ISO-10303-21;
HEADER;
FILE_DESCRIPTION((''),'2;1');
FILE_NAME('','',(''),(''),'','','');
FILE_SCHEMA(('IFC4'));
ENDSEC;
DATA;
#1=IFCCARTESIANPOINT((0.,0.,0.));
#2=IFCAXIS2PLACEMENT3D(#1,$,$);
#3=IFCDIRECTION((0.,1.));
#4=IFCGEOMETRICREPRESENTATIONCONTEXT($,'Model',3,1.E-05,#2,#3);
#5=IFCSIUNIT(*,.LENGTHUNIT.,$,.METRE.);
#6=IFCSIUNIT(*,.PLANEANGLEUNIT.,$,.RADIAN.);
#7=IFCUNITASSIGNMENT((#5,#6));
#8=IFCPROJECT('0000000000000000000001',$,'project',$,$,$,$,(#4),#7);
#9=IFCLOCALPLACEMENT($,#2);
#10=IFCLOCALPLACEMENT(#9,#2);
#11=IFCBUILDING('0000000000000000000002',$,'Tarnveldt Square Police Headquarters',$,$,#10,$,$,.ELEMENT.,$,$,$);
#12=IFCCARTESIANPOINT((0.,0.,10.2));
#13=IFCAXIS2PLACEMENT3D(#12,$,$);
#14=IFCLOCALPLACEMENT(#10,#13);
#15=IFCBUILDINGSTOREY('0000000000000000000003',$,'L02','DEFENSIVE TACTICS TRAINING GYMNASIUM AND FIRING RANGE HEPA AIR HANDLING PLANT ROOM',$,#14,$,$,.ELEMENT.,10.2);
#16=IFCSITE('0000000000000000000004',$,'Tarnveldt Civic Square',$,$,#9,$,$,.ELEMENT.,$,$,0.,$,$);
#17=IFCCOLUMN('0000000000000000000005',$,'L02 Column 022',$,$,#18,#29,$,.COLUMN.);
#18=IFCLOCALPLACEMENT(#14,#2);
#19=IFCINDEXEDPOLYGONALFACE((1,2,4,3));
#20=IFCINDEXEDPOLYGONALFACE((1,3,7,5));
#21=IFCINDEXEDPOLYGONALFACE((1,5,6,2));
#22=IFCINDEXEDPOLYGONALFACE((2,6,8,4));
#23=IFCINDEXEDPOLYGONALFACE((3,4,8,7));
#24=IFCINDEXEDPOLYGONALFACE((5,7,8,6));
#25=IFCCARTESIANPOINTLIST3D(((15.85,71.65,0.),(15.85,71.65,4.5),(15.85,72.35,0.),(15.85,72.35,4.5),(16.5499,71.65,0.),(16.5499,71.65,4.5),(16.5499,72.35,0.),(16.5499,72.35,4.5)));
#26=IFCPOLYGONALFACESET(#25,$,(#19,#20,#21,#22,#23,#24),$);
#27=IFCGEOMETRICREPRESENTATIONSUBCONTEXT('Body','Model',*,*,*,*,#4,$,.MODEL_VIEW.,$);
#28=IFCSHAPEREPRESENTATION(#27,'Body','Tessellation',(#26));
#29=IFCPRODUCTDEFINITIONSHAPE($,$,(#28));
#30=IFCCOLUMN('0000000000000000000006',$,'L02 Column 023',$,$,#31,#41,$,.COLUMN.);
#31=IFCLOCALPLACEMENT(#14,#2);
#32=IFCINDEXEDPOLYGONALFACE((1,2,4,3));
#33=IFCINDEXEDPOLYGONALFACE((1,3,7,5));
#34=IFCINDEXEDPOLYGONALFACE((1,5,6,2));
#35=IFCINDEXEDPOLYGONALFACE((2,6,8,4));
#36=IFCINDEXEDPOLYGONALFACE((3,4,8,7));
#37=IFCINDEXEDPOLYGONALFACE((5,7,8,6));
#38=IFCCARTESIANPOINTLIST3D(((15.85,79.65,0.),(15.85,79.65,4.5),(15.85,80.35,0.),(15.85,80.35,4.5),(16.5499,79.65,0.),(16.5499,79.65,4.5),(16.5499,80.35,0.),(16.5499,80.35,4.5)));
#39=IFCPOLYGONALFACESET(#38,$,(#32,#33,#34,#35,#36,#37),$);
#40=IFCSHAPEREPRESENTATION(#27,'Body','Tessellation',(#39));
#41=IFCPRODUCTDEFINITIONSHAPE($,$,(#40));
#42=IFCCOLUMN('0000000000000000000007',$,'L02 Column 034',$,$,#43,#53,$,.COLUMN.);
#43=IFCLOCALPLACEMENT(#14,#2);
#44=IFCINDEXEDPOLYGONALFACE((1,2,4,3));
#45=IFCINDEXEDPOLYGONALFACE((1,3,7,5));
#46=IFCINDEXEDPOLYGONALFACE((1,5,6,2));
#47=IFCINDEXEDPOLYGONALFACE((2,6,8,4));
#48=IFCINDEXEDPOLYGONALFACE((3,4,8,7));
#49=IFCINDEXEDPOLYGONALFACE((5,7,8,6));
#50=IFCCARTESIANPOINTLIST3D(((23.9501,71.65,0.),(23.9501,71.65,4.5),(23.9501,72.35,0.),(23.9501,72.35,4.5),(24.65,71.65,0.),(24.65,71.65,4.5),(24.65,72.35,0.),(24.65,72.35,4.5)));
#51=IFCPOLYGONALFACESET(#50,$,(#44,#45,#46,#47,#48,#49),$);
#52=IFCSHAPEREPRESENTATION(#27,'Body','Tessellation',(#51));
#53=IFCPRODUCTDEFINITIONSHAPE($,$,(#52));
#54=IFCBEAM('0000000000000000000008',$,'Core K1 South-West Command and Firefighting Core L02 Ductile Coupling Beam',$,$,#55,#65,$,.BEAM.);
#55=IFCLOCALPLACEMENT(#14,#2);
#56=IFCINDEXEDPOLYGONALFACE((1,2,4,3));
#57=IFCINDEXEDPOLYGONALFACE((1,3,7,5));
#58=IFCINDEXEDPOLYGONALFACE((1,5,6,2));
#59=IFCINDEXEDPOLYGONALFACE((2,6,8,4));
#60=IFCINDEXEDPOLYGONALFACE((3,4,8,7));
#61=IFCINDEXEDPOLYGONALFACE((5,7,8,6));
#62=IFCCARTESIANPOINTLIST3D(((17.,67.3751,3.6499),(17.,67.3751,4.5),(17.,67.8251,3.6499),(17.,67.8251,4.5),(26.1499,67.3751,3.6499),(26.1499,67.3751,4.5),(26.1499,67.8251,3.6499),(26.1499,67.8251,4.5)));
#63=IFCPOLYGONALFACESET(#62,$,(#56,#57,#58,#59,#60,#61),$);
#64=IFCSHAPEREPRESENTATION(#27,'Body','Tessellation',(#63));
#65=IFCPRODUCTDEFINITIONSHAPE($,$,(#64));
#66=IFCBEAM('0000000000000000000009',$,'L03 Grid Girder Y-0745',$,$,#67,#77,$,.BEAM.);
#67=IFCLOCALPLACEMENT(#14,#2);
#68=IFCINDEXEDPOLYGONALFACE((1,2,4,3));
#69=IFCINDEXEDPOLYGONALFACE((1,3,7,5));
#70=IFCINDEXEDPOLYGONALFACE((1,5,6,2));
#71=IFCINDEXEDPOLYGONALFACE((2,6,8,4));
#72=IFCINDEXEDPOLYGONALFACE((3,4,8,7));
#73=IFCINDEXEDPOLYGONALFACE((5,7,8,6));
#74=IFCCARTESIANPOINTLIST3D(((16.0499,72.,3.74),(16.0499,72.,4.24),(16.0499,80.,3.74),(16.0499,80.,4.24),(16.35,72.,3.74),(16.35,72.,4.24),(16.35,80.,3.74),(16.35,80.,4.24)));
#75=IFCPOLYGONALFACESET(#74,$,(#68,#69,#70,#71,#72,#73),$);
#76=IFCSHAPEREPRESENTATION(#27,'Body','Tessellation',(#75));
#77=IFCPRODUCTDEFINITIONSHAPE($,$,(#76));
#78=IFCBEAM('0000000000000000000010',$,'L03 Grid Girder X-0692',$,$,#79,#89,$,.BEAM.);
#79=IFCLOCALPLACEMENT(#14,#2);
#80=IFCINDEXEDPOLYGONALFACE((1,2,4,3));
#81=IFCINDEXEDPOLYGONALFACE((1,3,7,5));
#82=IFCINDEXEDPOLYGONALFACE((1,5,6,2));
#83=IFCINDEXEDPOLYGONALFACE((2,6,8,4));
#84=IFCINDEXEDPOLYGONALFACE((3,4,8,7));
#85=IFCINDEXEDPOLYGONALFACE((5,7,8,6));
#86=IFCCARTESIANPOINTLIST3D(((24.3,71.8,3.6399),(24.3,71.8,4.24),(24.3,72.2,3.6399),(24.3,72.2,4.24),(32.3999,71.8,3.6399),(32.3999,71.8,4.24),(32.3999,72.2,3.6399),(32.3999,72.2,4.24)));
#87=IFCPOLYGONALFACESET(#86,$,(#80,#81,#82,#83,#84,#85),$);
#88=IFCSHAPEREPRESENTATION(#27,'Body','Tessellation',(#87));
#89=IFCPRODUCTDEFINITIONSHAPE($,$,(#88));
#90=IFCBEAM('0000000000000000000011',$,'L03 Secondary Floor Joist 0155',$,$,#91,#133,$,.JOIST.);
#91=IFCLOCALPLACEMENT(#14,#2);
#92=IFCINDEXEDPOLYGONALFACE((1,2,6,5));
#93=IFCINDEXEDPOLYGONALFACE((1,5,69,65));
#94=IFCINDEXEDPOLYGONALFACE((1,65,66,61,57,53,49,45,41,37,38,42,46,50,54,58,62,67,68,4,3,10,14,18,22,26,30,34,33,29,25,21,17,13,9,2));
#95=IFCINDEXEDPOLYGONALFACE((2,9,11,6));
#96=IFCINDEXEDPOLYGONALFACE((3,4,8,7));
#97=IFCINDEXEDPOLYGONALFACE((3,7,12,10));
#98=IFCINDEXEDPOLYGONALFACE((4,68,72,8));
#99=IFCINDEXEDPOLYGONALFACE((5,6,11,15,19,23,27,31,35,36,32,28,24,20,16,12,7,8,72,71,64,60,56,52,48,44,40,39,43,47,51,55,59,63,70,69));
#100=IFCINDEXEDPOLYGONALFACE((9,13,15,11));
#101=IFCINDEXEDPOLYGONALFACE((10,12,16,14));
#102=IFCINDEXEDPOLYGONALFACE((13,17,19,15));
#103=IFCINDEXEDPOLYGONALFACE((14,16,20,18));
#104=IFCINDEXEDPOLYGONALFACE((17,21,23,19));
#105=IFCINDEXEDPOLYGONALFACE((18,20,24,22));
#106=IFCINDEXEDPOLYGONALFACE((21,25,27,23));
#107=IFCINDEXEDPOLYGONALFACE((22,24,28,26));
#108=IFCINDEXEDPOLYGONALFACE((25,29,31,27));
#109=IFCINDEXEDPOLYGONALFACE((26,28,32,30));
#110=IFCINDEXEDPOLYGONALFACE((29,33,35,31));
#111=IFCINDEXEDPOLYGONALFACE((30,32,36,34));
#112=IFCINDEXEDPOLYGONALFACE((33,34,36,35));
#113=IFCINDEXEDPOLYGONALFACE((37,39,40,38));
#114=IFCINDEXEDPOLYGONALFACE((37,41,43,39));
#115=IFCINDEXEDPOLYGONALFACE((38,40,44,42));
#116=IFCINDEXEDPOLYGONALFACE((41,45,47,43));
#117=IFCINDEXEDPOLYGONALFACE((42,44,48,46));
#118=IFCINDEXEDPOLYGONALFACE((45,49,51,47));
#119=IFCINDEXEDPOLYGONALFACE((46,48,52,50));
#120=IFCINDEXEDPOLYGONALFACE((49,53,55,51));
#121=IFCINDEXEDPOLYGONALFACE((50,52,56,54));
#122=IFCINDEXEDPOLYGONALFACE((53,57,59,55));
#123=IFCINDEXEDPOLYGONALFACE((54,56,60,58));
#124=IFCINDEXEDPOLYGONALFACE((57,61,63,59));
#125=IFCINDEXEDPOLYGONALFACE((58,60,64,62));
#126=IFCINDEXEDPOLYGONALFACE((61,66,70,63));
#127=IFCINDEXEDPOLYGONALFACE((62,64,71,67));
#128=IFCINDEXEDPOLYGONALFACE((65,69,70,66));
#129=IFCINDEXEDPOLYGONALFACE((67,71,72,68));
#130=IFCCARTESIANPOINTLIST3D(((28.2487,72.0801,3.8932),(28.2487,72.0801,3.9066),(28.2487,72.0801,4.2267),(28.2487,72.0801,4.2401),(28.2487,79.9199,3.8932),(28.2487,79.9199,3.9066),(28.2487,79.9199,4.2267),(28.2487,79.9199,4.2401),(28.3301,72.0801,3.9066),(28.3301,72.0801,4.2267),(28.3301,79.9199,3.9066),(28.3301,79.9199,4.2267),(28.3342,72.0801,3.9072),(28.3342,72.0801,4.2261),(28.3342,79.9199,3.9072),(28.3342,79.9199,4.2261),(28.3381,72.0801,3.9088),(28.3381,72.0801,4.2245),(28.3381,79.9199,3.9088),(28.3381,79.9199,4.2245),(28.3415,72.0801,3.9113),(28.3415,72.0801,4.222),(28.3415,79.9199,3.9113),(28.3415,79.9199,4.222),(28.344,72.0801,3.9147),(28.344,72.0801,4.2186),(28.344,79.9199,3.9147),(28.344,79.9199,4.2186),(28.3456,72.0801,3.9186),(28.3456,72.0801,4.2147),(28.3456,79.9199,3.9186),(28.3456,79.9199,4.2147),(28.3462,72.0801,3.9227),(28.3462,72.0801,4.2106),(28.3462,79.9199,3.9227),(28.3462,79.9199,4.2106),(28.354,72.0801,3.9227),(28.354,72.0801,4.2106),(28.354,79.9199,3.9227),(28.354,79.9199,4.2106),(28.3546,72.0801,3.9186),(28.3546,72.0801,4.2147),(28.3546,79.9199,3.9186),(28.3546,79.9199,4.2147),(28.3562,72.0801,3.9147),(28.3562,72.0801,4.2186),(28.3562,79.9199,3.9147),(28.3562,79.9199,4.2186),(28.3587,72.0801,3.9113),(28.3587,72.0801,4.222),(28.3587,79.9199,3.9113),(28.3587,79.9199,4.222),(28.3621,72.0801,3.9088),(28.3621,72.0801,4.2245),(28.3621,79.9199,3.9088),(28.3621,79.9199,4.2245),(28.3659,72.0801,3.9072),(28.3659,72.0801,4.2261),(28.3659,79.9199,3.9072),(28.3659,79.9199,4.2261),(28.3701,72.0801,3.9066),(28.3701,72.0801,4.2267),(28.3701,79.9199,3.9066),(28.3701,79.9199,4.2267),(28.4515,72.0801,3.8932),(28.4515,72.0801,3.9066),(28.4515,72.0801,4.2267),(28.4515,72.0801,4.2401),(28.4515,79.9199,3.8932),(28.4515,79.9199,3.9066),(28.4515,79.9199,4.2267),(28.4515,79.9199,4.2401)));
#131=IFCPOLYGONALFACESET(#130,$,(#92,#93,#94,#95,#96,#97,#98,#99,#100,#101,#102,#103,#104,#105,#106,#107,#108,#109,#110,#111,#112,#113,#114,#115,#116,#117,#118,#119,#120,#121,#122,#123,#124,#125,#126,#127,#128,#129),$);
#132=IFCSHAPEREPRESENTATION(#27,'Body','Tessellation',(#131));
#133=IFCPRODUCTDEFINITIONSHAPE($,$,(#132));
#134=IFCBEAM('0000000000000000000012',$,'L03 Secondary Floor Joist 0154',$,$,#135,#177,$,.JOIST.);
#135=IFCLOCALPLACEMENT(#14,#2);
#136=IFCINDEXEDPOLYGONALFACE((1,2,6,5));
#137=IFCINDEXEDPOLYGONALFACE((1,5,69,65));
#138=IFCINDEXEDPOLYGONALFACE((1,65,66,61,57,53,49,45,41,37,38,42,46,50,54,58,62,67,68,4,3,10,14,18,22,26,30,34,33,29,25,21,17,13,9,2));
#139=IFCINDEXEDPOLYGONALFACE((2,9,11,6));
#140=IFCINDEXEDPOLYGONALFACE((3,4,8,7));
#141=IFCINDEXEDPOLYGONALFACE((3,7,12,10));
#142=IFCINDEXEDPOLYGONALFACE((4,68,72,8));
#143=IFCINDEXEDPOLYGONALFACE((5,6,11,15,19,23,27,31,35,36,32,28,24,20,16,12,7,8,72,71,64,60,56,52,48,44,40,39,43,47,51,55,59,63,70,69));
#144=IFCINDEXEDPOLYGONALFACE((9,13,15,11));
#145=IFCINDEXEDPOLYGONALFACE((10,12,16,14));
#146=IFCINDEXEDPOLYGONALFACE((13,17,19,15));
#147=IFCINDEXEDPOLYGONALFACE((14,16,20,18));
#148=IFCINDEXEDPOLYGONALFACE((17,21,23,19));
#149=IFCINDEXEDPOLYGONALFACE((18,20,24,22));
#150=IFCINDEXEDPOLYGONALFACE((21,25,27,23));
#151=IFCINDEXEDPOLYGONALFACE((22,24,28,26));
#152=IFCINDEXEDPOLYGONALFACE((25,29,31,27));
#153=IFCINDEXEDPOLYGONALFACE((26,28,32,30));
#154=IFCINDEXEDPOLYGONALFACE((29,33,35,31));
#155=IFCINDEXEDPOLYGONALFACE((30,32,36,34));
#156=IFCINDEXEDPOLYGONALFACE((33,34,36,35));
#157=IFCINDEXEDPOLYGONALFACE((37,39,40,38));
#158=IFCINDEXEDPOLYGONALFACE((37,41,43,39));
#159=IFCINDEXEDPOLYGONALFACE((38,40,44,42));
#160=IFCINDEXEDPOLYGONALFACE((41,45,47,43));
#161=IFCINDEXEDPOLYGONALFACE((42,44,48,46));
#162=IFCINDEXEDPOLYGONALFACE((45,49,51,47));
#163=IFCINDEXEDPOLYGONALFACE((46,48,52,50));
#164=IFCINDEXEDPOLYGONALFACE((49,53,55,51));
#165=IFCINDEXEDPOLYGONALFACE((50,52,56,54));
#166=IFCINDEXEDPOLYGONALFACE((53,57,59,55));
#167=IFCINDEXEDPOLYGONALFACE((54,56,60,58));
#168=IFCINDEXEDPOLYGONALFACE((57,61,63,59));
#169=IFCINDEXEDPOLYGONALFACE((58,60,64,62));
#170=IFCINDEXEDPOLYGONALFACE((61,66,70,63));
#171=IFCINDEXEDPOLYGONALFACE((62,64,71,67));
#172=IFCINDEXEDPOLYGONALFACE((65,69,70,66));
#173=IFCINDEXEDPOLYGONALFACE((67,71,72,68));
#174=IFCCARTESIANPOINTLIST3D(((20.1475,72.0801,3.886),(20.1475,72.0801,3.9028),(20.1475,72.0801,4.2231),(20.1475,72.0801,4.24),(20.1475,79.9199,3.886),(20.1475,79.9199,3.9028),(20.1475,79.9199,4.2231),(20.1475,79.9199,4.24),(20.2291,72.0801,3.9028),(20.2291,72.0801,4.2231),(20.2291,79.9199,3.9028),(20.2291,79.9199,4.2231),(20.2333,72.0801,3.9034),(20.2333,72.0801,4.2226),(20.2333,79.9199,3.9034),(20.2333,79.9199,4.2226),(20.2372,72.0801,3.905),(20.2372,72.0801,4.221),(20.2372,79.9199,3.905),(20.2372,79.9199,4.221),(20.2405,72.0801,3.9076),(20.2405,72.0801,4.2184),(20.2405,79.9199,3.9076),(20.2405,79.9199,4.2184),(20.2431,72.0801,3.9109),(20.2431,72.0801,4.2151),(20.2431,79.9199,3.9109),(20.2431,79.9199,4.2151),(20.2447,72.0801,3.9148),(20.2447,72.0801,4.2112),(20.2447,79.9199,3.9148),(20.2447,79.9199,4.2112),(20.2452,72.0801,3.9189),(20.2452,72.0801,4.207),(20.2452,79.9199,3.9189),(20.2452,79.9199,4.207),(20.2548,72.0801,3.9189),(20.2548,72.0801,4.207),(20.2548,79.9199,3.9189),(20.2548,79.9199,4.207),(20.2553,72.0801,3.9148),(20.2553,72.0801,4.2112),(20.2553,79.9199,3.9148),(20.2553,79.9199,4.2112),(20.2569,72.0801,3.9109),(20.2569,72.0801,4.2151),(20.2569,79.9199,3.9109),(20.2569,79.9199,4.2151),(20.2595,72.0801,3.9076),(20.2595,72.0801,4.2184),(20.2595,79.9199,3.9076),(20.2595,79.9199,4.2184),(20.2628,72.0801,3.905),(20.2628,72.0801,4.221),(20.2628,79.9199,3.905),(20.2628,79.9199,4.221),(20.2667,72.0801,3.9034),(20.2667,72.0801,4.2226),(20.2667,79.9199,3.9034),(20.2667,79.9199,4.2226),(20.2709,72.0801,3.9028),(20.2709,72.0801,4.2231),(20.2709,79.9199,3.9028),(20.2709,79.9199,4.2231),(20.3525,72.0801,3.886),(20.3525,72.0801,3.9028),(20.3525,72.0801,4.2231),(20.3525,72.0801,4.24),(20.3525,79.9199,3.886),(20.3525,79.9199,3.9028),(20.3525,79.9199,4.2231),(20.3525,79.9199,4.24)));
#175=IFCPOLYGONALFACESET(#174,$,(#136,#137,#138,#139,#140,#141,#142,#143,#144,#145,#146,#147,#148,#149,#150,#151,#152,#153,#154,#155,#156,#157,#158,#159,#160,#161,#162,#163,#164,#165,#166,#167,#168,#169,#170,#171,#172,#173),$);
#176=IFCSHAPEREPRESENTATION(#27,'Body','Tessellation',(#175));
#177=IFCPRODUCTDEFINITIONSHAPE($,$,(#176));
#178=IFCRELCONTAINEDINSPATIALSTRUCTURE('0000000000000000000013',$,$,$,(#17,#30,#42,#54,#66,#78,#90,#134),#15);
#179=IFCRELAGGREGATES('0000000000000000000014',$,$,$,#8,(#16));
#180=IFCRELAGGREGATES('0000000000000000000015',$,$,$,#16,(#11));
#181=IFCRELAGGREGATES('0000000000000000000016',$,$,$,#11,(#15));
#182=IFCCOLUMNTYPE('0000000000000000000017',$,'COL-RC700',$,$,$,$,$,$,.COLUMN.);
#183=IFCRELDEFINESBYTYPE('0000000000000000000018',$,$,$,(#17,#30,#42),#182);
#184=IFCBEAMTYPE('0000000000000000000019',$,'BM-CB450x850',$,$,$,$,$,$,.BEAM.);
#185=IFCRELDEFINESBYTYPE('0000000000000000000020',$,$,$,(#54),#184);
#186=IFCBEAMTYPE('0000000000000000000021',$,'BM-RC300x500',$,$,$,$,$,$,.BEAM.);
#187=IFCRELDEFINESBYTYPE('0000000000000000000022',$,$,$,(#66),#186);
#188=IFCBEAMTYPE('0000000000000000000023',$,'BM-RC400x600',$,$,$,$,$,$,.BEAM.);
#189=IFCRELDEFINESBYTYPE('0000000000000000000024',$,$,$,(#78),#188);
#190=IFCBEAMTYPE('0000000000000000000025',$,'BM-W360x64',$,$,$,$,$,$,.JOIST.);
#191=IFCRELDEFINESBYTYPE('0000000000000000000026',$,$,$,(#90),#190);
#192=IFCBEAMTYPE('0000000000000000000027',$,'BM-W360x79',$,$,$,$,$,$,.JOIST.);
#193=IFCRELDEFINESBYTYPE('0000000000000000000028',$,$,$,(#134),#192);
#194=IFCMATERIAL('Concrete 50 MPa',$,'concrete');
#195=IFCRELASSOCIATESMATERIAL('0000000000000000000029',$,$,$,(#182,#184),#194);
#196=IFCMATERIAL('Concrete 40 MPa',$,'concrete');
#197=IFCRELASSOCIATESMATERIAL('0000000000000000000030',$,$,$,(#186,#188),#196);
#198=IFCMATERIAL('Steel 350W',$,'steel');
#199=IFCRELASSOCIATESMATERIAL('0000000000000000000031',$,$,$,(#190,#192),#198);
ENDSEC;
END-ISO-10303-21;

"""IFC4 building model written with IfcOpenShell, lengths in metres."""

from ifc_helpers import new_model, si_unit, direction, frame, origin, origin_2d, place, context, subcontext, project, spatial, rectangle, i_section, extrude, material, material_profile, profile_set, type_object, element, save


model = new_model("IFC4")

# Units and contexts
model_context = context("Model", 3, precision=1e-05, world=origin(), true_north=direction((0.0, 1.0)))
body_context = subcontext(model_context, "Body", "Model", "MODEL_VIEW")
ifc_project = project(units=[si_unit("LENGTHUNIT", "METRE"), si_unit("PLANEANGLEUNIT", "RADIAN")], contexts=[model_context])

# Site, building, storey
site_placement = place(None, origin())
site = spatial("IfcSite", under=ifc_project, at=site_placement, Name="Tarnveldt Civic Square", CompositionType="ELEMENT", RefElevation=0.0)
building_placement = place(site_placement, origin())
building = spatial("IfcBuilding", under=site, at=building_placement, Name="Tarnveldt Square Police Headquarters", CompositionType="ELEMENT")
storey_placement = place(building_placement, frame((0.0, 0.0, 10.2)))
storey = spatial("IfcBuildingStorey", under=building, at=storey_placement, Name="L02", Description="DEFENSIVE TACTICS TRAINING GYMNASIUM AND FIRING RANGE HEPA AIR HANDLING PLANT ROOM", CompositionType="ELEMENT", Elevation=10.2)

# Columns
ifc_material_1 = material(Name="Concrete 50 MPa", Category="concrete")
ifc_material_profile_1 = material_profile(ifc_material_1, rectangle(XDim=0.7, YDim=0.7, at=origin_2d()), Name="RC-C700x700")
ifc_profile_set_1 = profile_set([ifc_material_profile_1], Name="Concrete 50 MPa")
column_type = type_object("IfcColumnType", Name="COL-RC700", PredefinedType="COLUMN", material=ifc_profile_set_1)
for number, where, z_axis, x_axis, name in (
    (1, (16.2, 72.0, 0.0), (0.0, 0.0, 1.0), (1.0, 0.0, 0.0), "L02 Column 022"),
    (2, (16.2, 80.0, 0.0), (0.0, 0.0, 1.0), (1.0, 0.0, 0.0), "L02 Column 023"),
    (3, (24.3, 72.0, 0.0), (0.0, 0.0, 1.0), (1.0, 0.0, 0.0), "L02 Column 034"),
):
    element("IfcColumn", number, at=place(storey_placement, frame(where, z_axis=z_axis, x_axis=x_axis)), inside=storey, type_object=column_type, Name=name, PredefinedType="COLUMN", context=body_context, shape_type="SweptSolid", body=[
        extrude(rectangle(XDim=0.7, YDim=0.7, at=origin_2d()), origin(), (0.0, 0.0, 1.0), 4.5),
    ])

# Beams
ifc_material_profile_2 = material_profile(ifc_material_1, rectangle(XDim=0.45, YDim=0.8501, at=origin_2d()), Name="RC-CB450x850")
ifc_profile_set_2 = profile_set([ifc_material_profile_2], Name="Concrete 50 MPa")
beam_type_1 = type_object("IfcBeamType", Name="BM-CB450x850", PredefinedType="BEAM", material=ifc_profile_set_2)
beam_1_placement = place(storey_placement, frame((17.0, 67.6001, 4.075), z_axis=(1.0, 0.0, 0.0), x_axis=(0.0, 1.0, 0.0)))
element("IfcBeam", 4, at=beam_1_placement, inside=storey, type_object=beam_type_1, Name="Core K1 South-West Command and Firefighting Core L02 Ductile Coupling Beam", PredefinedType="BEAM", context=body_context, shape_type="SweptSolid", body=[
    extrude(rectangle(XDim=0.45, YDim=0.8501, at=origin_2d()), origin(), (0.0, 0.0, 1.0), 9.1499),
])
ifc_material_2 = material(Name="Concrete 40 MPa", Category="concrete")
ifc_material_profile_3 = material_profile(ifc_material_2, rectangle(XDim=0.3, YDim=0.5, at=origin_2d()), Name="RC-B300x500")
ifc_profile_set_3 = profile_set([ifc_material_profile_3], Name="Concrete 40 MPa")
beam_type_2 = type_object("IfcBeamType", Name="BM-RC300x500", PredefinedType="BEAM", material=ifc_profile_set_3)
beam_2_placement = place(storey_placement, frame((16.2, 72.0, 3.99), z_axis=(0.0, 1.0, 0.0), x_axis=(-1.0, 0.0, 0.0)))
element("IfcBeam", 5, at=beam_2_placement, inside=storey, type_object=beam_type_2, Name="L03 Grid Girder Y-0745", PredefinedType="BEAM", context=body_context, shape_type="SweptSolid", body=[
    extrude(rectangle(XDim=0.3, YDim=0.5, at=origin_2d()), origin(), (0.0, 0.0, 1.0), 8.0),
])
ifc_material_profile_4 = material_profile(ifc_material_2, rectangle(XDim=0.3999, YDim=0.6001, at=origin_2d()), Name="RC-B400x600")
ifc_profile_set_4 = profile_set([ifc_material_profile_4], Name="Concrete 40 MPa")
beam_type_3 = type_object("IfcBeamType", Name="BM-RC400x600", PredefinedType="BEAM", material=ifc_profile_set_4)
beam_3_placement = place(storey_placement, frame((24.3, 72.0, 3.9399), z_axis=(1.0, 0.0, 0.0), x_axis=(0.0, 1.0, 0.0)))
element("IfcBeam", 6, at=beam_3_placement, inside=storey, type_object=beam_type_3, Name="L03 Grid Girder X-0692", PredefinedType="BEAM", context=body_context, shape_type="SweptSolid", body=[
    extrude(rectangle(XDim=0.3999, YDim=0.6001, at=origin_2d()), origin(), (0.0, 0.0, 1.0), 8.0999),
])
ifc_material_3 = material(Name="Steel 350W", Category="steel")
ifc_material_profile_5 = material_profile(ifc_material_3, i_section(OverallWidth=0.2029, OverallDepth=0.3469, WebThickness=0.0078, FlangeThickness=0.0134, FilletRadius=0.0161, at=origin_2d()), Name="W360x64")
ifc_profile_set_5 = profile_set([ifc_material_profile_5], Name="Steel 350W")
beam_type_4 = type_object("IfcBeamType", Name="BM-W360x64", PredefinedType="JOIST", material=ifc_profile_set_5)
beam_4_placement = place(storey_placement, frame((28.3501, 72.0801, 4.0667), z_axis=(0.0, 1.0, 0.0), x_axis=(-1.0, 0.0, 0.0)))
element("IfcBeam", 7, at=beam_4_placement, inside=storey, type_object=beam_type_4, Name="L03 Secondary Floor Joist 0155", PredefinedType="JOIST", context=body_context, shape_type="SweptSolid", body=[
    extrude(i_section(OverallWidth=0.2029, OverallDepth=0.3469, WebThickness=0.0078, FlangeThickness=0.0134, FilletRadius=0.0161, at=origin_2d()), origin(), (0.0, 0.0, 1.0), 7.8398),
])
ifc_material_profile_6 = material_profile(ifc_material_3, i_section(OverallWidth=0.2051, OverallDepth=0.354, WebThickness=0.0095, FlangeThickness=0.0168, FilletRadius=0.0161, at=origin_2d()), Name="W360x79")
ifc_profile_set_6 = profile_set([ifc_material_profile_6], Name="Steel 350W")
beam_type_5 = type_object("IfcBeamType", Name="BM-W360x79", PredefinedType="JOIST", material=ifc_profile_set_6)
beam_5_placement = place(storey_placement, frame((20.25, 72.0801, 4.063), z_axis=(0.0, 1.0, 0.0), x_axis=(-1.0, 0.0, 0.0)))
element("IfcBeam", 8, at=beam_5_placement, inside=storey, type_object=beam_type_5, Name="L03 Secondary Floor Joist 0154", PredefinedType="JOIST", context=body_context, shape_type="SweptSolid", body=[
    extrude(i_section(OverallWidth=0.2051, OverallDepth=0.354, WebThickness=0.0095, FlangeThickness=0.0168, FilletRadius=0.0161, at=origin_2d()), origin(), (0.0, 0.0, 1.0), 7.8398),
])

save(model, "model.ifc")
